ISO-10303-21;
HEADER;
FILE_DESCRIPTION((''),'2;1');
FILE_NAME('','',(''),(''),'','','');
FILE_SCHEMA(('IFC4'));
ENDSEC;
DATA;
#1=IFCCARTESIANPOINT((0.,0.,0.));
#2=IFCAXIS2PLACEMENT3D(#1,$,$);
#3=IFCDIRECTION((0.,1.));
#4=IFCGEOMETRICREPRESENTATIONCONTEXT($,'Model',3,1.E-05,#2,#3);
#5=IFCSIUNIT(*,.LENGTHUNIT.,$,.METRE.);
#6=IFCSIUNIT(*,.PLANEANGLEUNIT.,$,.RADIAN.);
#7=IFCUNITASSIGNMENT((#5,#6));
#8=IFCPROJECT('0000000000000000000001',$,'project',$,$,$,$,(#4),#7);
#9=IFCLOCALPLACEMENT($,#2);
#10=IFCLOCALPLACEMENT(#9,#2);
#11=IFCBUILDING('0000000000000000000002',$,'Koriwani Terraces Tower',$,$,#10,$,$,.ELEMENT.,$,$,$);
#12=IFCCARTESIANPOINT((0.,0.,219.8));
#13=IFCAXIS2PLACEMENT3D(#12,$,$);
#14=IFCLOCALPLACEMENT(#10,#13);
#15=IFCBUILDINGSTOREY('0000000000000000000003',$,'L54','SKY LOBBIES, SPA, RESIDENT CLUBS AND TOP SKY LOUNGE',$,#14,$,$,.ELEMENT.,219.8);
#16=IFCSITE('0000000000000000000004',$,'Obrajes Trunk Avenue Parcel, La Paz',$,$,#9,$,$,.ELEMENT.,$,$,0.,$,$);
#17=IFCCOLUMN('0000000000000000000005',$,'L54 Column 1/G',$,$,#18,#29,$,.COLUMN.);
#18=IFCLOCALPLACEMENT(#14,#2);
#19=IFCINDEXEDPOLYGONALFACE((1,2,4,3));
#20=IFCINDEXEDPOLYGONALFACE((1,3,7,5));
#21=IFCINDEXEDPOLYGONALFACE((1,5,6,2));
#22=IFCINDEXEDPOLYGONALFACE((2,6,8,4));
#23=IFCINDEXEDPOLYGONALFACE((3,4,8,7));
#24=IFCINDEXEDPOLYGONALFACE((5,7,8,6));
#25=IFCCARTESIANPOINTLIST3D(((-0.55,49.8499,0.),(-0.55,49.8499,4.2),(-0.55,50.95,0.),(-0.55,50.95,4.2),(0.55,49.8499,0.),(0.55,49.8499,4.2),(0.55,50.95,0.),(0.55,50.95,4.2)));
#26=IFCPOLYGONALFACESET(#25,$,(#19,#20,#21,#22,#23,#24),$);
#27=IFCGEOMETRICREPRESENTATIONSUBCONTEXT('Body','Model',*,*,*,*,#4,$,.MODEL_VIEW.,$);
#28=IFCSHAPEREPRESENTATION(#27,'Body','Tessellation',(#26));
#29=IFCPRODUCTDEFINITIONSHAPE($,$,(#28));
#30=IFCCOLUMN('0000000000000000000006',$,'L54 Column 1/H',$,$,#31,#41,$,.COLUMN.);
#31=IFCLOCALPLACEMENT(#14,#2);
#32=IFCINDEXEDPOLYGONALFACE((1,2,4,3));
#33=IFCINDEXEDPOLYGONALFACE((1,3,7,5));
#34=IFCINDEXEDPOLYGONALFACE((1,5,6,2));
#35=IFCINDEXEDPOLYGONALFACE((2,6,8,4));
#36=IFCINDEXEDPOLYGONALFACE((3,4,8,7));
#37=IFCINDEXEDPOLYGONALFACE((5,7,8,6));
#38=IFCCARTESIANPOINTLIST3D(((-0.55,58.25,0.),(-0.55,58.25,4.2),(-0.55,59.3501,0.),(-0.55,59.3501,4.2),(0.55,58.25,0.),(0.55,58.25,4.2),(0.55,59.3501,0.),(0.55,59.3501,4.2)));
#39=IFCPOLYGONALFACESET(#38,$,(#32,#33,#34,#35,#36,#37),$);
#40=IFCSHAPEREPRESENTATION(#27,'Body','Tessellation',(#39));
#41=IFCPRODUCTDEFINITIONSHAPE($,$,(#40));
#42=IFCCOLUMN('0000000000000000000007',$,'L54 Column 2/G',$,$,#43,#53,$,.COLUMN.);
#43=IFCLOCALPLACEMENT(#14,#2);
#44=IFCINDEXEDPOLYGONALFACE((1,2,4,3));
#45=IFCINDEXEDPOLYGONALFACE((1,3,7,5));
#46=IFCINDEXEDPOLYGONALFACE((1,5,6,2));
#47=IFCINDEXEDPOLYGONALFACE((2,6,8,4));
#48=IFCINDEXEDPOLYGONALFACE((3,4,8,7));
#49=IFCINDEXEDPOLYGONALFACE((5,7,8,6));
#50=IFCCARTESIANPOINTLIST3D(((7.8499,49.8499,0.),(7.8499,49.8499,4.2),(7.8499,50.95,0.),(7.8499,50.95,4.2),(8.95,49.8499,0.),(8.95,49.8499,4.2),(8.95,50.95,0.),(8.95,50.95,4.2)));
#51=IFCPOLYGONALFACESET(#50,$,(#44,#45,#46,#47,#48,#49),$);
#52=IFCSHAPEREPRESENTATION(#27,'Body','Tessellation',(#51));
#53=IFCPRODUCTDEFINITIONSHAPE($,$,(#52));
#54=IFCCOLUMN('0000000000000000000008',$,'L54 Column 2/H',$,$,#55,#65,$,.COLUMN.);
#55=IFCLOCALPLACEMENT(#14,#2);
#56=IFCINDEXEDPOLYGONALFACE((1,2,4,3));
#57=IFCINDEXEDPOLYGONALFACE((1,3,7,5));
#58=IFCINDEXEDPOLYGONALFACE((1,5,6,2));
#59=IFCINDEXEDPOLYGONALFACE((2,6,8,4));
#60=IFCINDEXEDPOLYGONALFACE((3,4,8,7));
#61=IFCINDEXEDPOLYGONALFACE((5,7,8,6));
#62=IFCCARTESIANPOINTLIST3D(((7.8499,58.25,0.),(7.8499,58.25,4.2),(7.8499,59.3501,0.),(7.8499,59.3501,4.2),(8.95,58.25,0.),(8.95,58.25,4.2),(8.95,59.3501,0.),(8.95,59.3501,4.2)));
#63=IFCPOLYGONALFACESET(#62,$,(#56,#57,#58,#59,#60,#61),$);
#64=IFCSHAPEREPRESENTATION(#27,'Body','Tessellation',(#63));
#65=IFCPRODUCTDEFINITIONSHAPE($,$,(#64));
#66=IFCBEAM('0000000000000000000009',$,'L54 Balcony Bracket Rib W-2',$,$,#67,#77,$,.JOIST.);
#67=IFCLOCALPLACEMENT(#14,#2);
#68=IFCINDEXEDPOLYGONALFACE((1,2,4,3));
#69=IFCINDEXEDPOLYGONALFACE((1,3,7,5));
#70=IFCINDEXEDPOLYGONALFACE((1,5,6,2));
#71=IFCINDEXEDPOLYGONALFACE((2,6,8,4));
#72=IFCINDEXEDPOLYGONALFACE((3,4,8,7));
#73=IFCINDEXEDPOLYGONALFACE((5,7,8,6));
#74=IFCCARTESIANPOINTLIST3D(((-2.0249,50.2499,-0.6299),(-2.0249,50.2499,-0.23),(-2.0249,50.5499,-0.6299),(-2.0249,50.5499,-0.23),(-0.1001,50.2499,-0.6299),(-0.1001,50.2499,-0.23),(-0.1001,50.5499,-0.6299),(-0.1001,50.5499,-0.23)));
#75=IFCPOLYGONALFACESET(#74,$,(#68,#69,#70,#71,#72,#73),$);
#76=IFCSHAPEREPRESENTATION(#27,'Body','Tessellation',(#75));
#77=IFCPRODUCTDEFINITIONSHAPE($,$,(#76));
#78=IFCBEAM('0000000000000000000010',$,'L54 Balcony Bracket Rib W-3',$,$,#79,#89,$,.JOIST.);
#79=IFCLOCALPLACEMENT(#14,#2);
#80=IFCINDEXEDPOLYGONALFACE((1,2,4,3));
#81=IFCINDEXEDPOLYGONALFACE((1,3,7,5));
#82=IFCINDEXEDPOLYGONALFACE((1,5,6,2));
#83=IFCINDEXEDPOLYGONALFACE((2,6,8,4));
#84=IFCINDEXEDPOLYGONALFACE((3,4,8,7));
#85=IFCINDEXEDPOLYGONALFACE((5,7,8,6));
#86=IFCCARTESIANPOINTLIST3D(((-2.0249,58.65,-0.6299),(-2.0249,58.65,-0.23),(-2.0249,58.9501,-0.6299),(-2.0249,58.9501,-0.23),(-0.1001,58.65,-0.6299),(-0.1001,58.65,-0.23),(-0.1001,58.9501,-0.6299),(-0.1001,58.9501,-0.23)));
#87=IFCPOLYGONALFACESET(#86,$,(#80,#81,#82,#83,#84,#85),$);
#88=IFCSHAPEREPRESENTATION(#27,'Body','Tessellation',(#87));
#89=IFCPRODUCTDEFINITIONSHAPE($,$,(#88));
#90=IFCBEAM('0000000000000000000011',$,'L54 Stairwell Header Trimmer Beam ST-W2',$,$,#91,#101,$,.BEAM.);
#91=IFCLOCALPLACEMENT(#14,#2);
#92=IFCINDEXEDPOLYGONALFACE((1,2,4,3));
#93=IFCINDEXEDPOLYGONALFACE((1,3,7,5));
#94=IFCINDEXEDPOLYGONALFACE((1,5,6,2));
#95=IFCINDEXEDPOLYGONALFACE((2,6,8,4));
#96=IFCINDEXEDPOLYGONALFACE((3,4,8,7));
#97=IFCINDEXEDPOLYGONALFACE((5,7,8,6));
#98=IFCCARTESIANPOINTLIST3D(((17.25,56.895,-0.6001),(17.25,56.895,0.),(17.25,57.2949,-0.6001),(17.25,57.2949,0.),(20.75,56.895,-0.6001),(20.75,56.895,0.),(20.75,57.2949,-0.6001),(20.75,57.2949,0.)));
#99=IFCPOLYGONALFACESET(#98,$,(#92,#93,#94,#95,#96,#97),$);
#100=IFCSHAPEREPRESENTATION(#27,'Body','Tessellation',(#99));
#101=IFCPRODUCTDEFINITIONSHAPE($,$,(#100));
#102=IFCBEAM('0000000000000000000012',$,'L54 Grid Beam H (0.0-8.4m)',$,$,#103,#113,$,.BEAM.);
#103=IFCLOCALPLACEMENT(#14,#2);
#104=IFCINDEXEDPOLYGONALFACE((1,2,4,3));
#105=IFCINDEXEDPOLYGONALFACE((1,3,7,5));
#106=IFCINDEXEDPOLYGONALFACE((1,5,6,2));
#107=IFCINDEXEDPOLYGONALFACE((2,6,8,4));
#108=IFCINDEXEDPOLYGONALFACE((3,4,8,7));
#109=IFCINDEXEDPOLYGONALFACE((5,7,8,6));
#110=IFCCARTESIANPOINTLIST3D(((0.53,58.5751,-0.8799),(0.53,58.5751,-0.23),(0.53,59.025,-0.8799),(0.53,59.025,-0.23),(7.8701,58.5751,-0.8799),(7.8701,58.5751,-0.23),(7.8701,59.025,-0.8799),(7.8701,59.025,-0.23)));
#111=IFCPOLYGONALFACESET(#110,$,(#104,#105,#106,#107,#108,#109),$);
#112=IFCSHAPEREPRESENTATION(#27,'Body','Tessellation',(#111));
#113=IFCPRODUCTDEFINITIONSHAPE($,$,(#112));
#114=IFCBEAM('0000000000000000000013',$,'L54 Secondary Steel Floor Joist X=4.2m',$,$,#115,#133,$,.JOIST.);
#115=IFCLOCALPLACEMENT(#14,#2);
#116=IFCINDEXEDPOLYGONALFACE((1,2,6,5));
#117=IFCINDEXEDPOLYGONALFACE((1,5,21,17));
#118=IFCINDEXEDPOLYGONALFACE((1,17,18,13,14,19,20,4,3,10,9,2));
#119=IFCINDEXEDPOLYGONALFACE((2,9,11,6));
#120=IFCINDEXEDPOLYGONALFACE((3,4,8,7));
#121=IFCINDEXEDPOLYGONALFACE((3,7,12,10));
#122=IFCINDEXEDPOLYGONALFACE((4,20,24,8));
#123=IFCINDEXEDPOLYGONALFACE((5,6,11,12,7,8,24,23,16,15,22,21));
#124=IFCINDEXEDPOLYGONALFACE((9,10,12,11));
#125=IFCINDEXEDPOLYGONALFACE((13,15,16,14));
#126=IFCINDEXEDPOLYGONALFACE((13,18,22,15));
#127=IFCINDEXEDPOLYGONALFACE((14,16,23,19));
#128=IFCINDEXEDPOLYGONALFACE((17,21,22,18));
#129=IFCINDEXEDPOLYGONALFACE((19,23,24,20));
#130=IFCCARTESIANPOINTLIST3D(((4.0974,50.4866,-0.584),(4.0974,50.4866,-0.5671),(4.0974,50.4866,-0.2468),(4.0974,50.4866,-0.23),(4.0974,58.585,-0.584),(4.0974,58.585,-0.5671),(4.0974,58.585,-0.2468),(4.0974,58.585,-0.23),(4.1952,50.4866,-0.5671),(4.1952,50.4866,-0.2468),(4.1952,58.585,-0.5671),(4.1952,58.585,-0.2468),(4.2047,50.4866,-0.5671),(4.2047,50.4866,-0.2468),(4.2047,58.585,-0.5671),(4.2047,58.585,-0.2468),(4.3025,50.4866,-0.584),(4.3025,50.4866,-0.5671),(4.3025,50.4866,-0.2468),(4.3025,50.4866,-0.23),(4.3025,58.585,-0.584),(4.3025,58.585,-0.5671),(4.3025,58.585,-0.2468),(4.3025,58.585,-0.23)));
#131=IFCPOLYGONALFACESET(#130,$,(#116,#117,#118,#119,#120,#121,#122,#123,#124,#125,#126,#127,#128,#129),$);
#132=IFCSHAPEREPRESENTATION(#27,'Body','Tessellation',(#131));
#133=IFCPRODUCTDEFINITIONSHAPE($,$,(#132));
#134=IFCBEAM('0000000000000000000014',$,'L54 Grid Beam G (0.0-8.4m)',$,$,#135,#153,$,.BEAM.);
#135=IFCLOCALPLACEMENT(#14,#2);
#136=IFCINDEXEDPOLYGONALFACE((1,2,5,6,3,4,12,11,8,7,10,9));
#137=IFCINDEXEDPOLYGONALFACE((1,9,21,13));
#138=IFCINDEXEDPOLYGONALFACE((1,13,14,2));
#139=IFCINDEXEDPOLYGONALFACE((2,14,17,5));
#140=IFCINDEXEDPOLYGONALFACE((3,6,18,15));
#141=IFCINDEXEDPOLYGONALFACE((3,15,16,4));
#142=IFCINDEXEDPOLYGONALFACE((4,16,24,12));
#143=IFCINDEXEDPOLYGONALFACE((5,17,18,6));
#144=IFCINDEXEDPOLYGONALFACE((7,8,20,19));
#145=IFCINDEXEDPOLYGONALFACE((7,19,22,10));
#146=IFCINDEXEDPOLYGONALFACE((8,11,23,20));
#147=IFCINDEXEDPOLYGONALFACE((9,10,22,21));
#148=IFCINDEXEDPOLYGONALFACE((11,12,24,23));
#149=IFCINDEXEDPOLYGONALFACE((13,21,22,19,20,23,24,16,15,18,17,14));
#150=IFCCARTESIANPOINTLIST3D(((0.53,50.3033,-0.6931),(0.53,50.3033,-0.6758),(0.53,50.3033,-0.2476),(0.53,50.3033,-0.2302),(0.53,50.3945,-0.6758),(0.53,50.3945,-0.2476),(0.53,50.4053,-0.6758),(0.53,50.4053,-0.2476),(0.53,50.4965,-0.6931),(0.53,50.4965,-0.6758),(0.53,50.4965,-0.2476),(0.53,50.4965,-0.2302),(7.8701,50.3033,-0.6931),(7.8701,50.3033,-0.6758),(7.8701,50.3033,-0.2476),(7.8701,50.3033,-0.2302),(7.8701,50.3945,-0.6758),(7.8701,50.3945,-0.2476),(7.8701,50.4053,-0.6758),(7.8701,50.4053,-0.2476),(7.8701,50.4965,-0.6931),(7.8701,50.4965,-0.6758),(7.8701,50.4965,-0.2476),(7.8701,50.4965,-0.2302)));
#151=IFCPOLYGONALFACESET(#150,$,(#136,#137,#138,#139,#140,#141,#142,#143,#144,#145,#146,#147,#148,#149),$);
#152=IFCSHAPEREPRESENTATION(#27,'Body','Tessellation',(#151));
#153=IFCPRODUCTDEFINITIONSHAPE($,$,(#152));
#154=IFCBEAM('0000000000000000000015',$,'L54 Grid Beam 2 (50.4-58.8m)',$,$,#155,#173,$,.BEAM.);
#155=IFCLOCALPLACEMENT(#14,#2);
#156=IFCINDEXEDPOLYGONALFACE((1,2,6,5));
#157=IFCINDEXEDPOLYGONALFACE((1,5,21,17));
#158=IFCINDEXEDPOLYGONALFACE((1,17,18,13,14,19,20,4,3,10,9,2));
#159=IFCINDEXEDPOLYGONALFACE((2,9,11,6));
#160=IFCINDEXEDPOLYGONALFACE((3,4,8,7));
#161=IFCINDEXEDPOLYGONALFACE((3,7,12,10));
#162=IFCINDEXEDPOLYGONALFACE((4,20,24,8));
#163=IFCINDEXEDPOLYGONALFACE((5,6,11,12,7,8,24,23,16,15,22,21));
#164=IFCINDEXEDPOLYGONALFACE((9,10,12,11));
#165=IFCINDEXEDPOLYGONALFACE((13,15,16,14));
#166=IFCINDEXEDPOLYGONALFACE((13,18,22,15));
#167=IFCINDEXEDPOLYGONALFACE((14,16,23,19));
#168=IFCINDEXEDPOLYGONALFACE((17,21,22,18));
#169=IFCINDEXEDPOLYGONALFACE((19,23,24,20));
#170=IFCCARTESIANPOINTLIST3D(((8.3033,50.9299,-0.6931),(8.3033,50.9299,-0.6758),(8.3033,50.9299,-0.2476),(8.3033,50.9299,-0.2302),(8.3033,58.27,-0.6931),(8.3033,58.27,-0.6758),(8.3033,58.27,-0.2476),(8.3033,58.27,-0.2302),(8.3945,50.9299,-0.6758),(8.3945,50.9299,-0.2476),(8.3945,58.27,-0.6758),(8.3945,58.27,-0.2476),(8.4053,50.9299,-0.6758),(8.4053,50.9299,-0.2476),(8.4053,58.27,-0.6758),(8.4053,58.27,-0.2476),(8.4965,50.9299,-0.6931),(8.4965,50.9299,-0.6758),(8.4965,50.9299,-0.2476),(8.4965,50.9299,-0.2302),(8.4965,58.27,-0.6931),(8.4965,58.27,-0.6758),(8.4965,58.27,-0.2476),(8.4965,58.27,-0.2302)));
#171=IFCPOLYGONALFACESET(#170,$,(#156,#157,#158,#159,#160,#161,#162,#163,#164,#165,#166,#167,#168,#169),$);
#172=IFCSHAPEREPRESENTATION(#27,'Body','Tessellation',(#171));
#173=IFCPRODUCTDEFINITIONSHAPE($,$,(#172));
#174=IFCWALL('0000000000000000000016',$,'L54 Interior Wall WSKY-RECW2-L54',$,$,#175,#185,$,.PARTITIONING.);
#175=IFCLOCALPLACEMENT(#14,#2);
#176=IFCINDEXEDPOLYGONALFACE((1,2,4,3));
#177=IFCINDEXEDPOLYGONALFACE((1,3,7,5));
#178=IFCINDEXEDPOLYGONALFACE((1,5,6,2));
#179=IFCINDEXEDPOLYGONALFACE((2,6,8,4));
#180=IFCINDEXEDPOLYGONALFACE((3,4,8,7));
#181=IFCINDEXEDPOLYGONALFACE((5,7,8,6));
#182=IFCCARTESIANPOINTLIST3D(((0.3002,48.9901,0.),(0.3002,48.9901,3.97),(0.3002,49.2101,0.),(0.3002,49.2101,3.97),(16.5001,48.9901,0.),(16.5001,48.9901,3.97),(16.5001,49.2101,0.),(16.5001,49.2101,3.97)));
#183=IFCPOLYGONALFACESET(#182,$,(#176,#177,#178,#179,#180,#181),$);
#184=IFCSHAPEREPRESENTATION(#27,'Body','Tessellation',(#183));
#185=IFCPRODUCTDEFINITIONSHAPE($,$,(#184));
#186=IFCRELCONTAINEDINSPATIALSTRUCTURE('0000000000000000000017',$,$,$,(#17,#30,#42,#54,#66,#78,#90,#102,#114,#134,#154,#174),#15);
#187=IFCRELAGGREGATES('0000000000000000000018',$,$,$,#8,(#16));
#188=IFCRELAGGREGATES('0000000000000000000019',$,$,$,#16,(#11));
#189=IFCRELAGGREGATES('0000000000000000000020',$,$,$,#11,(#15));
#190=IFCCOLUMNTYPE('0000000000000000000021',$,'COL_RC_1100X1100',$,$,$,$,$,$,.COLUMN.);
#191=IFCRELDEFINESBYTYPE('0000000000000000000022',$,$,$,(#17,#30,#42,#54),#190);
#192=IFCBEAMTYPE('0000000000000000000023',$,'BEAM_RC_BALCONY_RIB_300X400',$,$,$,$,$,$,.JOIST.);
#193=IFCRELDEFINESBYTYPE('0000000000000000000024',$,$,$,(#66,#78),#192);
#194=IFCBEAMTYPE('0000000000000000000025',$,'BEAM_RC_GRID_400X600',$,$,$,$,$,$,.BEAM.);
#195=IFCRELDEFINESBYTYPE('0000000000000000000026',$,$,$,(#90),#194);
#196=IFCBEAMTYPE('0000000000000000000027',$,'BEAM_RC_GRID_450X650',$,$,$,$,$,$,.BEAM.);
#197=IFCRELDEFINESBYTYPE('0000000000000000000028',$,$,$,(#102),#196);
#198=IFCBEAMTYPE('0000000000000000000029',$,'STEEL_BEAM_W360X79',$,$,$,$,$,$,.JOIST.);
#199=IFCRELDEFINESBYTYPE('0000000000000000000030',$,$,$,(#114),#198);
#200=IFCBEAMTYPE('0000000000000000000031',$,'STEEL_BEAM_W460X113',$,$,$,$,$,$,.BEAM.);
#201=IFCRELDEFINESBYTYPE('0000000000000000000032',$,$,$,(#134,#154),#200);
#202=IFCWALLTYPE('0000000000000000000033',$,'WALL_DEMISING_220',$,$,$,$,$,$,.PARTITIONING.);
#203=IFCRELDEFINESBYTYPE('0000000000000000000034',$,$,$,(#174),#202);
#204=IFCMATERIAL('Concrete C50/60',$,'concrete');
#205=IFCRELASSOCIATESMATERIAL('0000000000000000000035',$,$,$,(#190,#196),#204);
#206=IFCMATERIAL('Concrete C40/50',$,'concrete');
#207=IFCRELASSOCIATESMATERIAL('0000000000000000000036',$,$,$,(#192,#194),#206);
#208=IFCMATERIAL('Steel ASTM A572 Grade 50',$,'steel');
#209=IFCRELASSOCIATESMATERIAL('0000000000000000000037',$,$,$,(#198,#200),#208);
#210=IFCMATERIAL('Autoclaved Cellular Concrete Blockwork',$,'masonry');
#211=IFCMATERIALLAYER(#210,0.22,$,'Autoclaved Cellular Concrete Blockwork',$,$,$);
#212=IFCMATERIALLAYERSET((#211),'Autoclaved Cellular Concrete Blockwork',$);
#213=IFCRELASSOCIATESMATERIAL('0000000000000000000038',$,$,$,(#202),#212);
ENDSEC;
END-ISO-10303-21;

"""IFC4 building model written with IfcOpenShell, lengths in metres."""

from ifc_helpers import new_model, si_unit, direction, frame, frame_2d, origin, origin_2d, place, context, subcontext, project, spatial, rectangle, i_section, extrude, material, layer, layer_set, material_profile, profile_set, type_object, element, save


model = new_model("IFC4")

# Units and contexts
model_context = context("Model", 3, precision=1e-05, world=origin(), true_north=direction((0.0, 1.0)))
body_context = subcontext(model_context, "Body", "Model", "MODEL_VIEW")
ifc_project = project(units=[si_unit("LENGTHUNIT", "METRE"), si_unit("PLANEANGLEUNIT", "RADIAN")], contexts=[model_context])

# Site, building, storey
site_placement = place(None, origin())
site = spatial("IfcSite", under=ifc_project, at=site_placement, Name="Obrajes Trunk Avenue Parcel, La Paz", CompositionType="ELEMENT", RefElevation=0.0)
building_placement = place(site_placement, origin())
building = spatial("IfcBuilding", under=site, at=building_placement, Name="Koriwani Terraces Tower", CompositionType="ELEMENT")
storey_placement = place(building_placement, frame((0.0, 0.0, 219.8)))
storey = spatial("IfcBuildingStorey", under=building, at=storey_placement, Name="L54", Description="SKY LOBBIES, SPA, RESIDENT CLUBS AND TOP SKY LOUNGE", CompositionType="ELEMENT", Elevation=219.8)

# Columns
ifc_material_1 = material(Name="Concrete C50/60", Category="concrete")
ifc_material_profile_1 = material_profile(ifc_material_1, rectangle(XDim=1.1001, YDim=1.1001, at=origin_2d()), Name="Concrete C50/60", Category="LoadBearing")
ifc_profile_set_1 = profile_set([ifc_material_profile_1], Name="Concrete C50/60")
column_type = type_object("IfcColumnType", Name="COL_RC_1100X1100", PredefinedType="COLUMN", material=ifc_profile_set_1)
for number, where, z_axis, x_axis, name in (
    (1, (0.0, 50.3999, 0.0), (0.0, 0.0, 1.0), (1.0, 0.0, 0.0), "L54 Column 1/G"),
    (2, (0.0, 58.8, 0.0), (0.0, 0.0, 1.0), (1.0, 0.0, 0.0), "L54 Column 1/H"),
    (3, (8.3999, 50.3999, 0.0), (0.0, 0.0, 1.0), (1.0, 0.0, 0.0), "L54 Column 2/G"),
    (4, (8.3999, 58.8, 0.0), (0.0, 0.0, 1.0), (1.0, 0.0, 0.0), "L54 Column 2/H"),
):
    element("IfcColumn", number, at=place(storey_placement, frame(where, z_axis=z_axis, x_axis=x_axis)), inside=storey, type_object=column_type, Name=name, PredefinedType="COLUMN", context=body_context, shape_type="SweptSolid", body=[
        extrude(rectangle(XDim=1.1001, YDim=1.1001, at=origin_2d()), origin(), (0.0, 0.0, 1.0), 4.2),
    ])

# Beams
ifc_material_2 = material(Name="Concrete C40/50", Category="concrete")
ifc_material_profile_2 = material_profile(ifc_material_2, rectangle(XDim=0.3, YDim=0.3999, at=origin_2d()), Name="Concrete C40/50", Category="LoadBearing")
ifc_profile_set_2 = profile_set([ifc_material_profile_2], Name="Concrete C40/50")
beam_type_1 = type_object("IfcBeamType", Name="BEAM_RC_BALCONY_RIB_300X400", PredefinedType="JOIST", material=ifc_profile_set_2)
for number, where, z_axis, x_axis, name in (
    (5, (-2.0249, 50.3999, -0.4299), (1.0, 0.0, 0.0), (0.0, 1.0, 0.0), "L54 Balcony Bracket Rib W-2"),
    (6, (-2.0249, 58.8, -0.4299), (1.0, 0.0, 0.0), (0.0, 1.0, 0.0), "L54 Balcony Bracket Rib W-3"),
):
    element("IfcBeam", number, at=place(storey_placement, frame(where, z_axis=z_axis, x_axis=x_axis)), inside=storey, type_object=beam_type_1, Name=name, PredefinedType="JOIST", context=body_context, shape_type="SweptSolid", body=[
        extrude(rectangle(XDim=0.3, YDim=0.3999, at=origin_2d()), origin(), (0.0, 0.0, 1.0), 1.9248),
    ])
ifc_material_profile_3 = material_profile(ifc_material_2, rectangle(XDim=0.3999, YDim=0.6001, at=origin_2d()), Name="Concrete C40/50", Category="LoadBearing")
ifc_profile_set_3 = profile_set([ifc_material_profile_3], Name="Concrete C40/50")
beam_type_2 = type_object("IfcBeamType", Name="BEAM_RC_GRID_400X600", PredefinedType="BEAM", material=ifc_profile_set_3)
beam_1_placement = place(storey_placement, frame((17.25, 57.095, -0.3), z_axis=(1.0, 0.0, 0.0), x_axis=(0.0, 1.0, 0.0)))
element("IfcBeam", 7, at=beam_1_placement, inside=storey, type_object=beam_type_2, Name="L54 Stairwell Header Trimmer Beam ST-W2", PredefinedType="BEAM", context=body_context, shape_type="SweptSolid", body=[
    extrude(rectangle(XDim=0.3999, YDim=0.6001, at=origin_2d()), origin(), (0.0, 0.0, 1.0), 3.5),
])
ifc_material_profile_4 = material_profile(ifc_material_1, rectangle(XDim=0.45, YDim=0.6499, at=origin_2d()), Name="Concrete C50/60", Category="LoadBearing")
ifc_profile_set_4 = profile_set([ifc_material_profile_4], Name="Concrete C50/60")
beam_type_3 = type_object("IfcBeamType", Name="BEAM_RC_GRID_450X650", PredefinedType="BEAM", material=ifc_profile_set_4)
beam_2_placement = place(storey_placement, frame((0.53, 58.8, -0.5549), z_axis=(1.0, 0.0, 0.0), x_axis=(0.0, 1.0, 0.0)))
element("IfcBeam", 8, at=beam_2_placement, inside=storey, type_object=beam_type_3, Name="L54 Grid Beam H (0.0-8.4m)", PredefinedType="BEAM", context=body_context, shape_type="SweptSolid", body=[
    extrude(rectangle(XDim=0.45, YDim=0.6499, at=origin_2d()), origin(), (0.0, 0.0, 1.0), 7.3401),
])
ifc_material_3 = material(Name="Steel ASTM A572 Grade 50", Category="steel")
ifc_material_profile_5 = material_profile(ifc_material_3, i_section(OverallWidth=0.2051, OverallDepth=0.354, WebThickness=0.0095, FlangeThickness=0.0168, at=origin_2d()), Name="Steel ASTM A572 Grade 50", Category="LoadBearing")
ifc_profile_set_5 = profile_set([ifc_material_profile_5], Name="Steel ASTM A572 Grade 50")
beam_type_4 = type_object("IfcBeamType", Name="STEEL_BEAM_W360X79", PredefinedType="JOIST", material=ifc_profile_set_5)
beam_3_placement = place(storey_placement, frame((4.2, 50.4866, -0.407), z_axis=(0.0, 1.0, 0.0), x_axis=(-1.0, 0.0, 0.0)))
element("IfcBeam", 9, at=beam_3_placement, inside=storey, type_object=beam_type_4, Name="L54 Secondary Steel Floor Joist X=4.2m", PredefinedType="JOIST", context=body_context, shape_type="SweptSolid", body=[
    extrude(i_section(OverallWidth=0.2051, OverallDepth=0.354, WebThickness=0.0095, FlangeThickness=0.0168, at=origin_2d()), origin(), (0.0, 0.0, 1.0), 8.0984),
])
ifc_material_profile_6 = material_profile(ifc_material_3, i_section(OverallWidth=0.1931, OverallDepth=0.4629, WebThickness=0.0107, FlangeThickness=0.0173, at=origin_2d()), Name="Steel ASTM A572 Grade 50", Category="LoadBearing")
ifc_profile_set_6 = profile_set([ifc_material_profile_6], Name="Steel ASTM A572 Grade 50")
beam_type_5 = type_object("IfcBeamType", Name="STEEL_BEAM_W460X113", PredefinedType="BEAM", material=ifc_profile_set_6)
for number, where, z_axis, x_axis, name in (
    (10, (0.53, 50.3999, -0.4617), (1.0, 0.0, 0.0), (0.0, 1.0, 0.0), "L54 Grid Beam G (0.0-8.4m)"),
    (11, (8.3999, 50.9299, -0.4617), (0.0, 1.0, 0.0), (-1.0, 0.0, 0.0), "L54 Grid Beam 2 (50.4-58.8m)"),
):
    element("IfcBeam", number, at=place(storey_placement, frame(where, z_axis=z_axis, x_axis=x_axis)), inside=storey, type_object=beam_type_5, Name=name, PredefinedType="BEAM", context=body_context, shape_type="SweptSolid", body=[
        extrude(i_section(OverallWidth=0.1931, OverallDepth=0.4629, WebThickness=0.0107, FlangeThickness=0.0173, at=origin_2d()), origin(), (0.0, 0.0, 1.0), 7.3401),
    ])

# Wall
ifc_material_4 = material(Name="Autoclaved Cellular Concrete Blockwork", Category="masonry")
ifc_layer_1 = layer(ifc_material_4, 0.22, Name="Autoclaved Cellular Concrete Blockwork")
ifc_layer_set_1 = layer_set([ifc_layer_1], Name="Autoclaved Cellular Concrete Blockwork")
wall_type_1 = type_object("IfcWallType", Name="WALL_DEMISING_220", PredefinedType="PARTITIONING", material=ifc_layer_set_1)
wall_1_placement = place(storey_placement, frame((0.3, 49.1001, 0.0), z_axis=(0.0, 0.0, 1.0), x_axis=(1.0, 0.0, 0.0)))
element("IfcWall", 12, at=wall_1_placement, inside=storey, type_object=wall_type_1, Name="L54 Interior Wall WSKY-RECW2-L54", PredefinedType="PARTITIONING", context=body_context, shape_type="SweptSolid", body=[
    extrude(rectangle(XDim=16.2, YDim=0.22, at=frame_2d((8.1001, 0.0))), origin(), (0.0, 0.0, 1.0), 3.97),
])

save(model, "model.ifc")
